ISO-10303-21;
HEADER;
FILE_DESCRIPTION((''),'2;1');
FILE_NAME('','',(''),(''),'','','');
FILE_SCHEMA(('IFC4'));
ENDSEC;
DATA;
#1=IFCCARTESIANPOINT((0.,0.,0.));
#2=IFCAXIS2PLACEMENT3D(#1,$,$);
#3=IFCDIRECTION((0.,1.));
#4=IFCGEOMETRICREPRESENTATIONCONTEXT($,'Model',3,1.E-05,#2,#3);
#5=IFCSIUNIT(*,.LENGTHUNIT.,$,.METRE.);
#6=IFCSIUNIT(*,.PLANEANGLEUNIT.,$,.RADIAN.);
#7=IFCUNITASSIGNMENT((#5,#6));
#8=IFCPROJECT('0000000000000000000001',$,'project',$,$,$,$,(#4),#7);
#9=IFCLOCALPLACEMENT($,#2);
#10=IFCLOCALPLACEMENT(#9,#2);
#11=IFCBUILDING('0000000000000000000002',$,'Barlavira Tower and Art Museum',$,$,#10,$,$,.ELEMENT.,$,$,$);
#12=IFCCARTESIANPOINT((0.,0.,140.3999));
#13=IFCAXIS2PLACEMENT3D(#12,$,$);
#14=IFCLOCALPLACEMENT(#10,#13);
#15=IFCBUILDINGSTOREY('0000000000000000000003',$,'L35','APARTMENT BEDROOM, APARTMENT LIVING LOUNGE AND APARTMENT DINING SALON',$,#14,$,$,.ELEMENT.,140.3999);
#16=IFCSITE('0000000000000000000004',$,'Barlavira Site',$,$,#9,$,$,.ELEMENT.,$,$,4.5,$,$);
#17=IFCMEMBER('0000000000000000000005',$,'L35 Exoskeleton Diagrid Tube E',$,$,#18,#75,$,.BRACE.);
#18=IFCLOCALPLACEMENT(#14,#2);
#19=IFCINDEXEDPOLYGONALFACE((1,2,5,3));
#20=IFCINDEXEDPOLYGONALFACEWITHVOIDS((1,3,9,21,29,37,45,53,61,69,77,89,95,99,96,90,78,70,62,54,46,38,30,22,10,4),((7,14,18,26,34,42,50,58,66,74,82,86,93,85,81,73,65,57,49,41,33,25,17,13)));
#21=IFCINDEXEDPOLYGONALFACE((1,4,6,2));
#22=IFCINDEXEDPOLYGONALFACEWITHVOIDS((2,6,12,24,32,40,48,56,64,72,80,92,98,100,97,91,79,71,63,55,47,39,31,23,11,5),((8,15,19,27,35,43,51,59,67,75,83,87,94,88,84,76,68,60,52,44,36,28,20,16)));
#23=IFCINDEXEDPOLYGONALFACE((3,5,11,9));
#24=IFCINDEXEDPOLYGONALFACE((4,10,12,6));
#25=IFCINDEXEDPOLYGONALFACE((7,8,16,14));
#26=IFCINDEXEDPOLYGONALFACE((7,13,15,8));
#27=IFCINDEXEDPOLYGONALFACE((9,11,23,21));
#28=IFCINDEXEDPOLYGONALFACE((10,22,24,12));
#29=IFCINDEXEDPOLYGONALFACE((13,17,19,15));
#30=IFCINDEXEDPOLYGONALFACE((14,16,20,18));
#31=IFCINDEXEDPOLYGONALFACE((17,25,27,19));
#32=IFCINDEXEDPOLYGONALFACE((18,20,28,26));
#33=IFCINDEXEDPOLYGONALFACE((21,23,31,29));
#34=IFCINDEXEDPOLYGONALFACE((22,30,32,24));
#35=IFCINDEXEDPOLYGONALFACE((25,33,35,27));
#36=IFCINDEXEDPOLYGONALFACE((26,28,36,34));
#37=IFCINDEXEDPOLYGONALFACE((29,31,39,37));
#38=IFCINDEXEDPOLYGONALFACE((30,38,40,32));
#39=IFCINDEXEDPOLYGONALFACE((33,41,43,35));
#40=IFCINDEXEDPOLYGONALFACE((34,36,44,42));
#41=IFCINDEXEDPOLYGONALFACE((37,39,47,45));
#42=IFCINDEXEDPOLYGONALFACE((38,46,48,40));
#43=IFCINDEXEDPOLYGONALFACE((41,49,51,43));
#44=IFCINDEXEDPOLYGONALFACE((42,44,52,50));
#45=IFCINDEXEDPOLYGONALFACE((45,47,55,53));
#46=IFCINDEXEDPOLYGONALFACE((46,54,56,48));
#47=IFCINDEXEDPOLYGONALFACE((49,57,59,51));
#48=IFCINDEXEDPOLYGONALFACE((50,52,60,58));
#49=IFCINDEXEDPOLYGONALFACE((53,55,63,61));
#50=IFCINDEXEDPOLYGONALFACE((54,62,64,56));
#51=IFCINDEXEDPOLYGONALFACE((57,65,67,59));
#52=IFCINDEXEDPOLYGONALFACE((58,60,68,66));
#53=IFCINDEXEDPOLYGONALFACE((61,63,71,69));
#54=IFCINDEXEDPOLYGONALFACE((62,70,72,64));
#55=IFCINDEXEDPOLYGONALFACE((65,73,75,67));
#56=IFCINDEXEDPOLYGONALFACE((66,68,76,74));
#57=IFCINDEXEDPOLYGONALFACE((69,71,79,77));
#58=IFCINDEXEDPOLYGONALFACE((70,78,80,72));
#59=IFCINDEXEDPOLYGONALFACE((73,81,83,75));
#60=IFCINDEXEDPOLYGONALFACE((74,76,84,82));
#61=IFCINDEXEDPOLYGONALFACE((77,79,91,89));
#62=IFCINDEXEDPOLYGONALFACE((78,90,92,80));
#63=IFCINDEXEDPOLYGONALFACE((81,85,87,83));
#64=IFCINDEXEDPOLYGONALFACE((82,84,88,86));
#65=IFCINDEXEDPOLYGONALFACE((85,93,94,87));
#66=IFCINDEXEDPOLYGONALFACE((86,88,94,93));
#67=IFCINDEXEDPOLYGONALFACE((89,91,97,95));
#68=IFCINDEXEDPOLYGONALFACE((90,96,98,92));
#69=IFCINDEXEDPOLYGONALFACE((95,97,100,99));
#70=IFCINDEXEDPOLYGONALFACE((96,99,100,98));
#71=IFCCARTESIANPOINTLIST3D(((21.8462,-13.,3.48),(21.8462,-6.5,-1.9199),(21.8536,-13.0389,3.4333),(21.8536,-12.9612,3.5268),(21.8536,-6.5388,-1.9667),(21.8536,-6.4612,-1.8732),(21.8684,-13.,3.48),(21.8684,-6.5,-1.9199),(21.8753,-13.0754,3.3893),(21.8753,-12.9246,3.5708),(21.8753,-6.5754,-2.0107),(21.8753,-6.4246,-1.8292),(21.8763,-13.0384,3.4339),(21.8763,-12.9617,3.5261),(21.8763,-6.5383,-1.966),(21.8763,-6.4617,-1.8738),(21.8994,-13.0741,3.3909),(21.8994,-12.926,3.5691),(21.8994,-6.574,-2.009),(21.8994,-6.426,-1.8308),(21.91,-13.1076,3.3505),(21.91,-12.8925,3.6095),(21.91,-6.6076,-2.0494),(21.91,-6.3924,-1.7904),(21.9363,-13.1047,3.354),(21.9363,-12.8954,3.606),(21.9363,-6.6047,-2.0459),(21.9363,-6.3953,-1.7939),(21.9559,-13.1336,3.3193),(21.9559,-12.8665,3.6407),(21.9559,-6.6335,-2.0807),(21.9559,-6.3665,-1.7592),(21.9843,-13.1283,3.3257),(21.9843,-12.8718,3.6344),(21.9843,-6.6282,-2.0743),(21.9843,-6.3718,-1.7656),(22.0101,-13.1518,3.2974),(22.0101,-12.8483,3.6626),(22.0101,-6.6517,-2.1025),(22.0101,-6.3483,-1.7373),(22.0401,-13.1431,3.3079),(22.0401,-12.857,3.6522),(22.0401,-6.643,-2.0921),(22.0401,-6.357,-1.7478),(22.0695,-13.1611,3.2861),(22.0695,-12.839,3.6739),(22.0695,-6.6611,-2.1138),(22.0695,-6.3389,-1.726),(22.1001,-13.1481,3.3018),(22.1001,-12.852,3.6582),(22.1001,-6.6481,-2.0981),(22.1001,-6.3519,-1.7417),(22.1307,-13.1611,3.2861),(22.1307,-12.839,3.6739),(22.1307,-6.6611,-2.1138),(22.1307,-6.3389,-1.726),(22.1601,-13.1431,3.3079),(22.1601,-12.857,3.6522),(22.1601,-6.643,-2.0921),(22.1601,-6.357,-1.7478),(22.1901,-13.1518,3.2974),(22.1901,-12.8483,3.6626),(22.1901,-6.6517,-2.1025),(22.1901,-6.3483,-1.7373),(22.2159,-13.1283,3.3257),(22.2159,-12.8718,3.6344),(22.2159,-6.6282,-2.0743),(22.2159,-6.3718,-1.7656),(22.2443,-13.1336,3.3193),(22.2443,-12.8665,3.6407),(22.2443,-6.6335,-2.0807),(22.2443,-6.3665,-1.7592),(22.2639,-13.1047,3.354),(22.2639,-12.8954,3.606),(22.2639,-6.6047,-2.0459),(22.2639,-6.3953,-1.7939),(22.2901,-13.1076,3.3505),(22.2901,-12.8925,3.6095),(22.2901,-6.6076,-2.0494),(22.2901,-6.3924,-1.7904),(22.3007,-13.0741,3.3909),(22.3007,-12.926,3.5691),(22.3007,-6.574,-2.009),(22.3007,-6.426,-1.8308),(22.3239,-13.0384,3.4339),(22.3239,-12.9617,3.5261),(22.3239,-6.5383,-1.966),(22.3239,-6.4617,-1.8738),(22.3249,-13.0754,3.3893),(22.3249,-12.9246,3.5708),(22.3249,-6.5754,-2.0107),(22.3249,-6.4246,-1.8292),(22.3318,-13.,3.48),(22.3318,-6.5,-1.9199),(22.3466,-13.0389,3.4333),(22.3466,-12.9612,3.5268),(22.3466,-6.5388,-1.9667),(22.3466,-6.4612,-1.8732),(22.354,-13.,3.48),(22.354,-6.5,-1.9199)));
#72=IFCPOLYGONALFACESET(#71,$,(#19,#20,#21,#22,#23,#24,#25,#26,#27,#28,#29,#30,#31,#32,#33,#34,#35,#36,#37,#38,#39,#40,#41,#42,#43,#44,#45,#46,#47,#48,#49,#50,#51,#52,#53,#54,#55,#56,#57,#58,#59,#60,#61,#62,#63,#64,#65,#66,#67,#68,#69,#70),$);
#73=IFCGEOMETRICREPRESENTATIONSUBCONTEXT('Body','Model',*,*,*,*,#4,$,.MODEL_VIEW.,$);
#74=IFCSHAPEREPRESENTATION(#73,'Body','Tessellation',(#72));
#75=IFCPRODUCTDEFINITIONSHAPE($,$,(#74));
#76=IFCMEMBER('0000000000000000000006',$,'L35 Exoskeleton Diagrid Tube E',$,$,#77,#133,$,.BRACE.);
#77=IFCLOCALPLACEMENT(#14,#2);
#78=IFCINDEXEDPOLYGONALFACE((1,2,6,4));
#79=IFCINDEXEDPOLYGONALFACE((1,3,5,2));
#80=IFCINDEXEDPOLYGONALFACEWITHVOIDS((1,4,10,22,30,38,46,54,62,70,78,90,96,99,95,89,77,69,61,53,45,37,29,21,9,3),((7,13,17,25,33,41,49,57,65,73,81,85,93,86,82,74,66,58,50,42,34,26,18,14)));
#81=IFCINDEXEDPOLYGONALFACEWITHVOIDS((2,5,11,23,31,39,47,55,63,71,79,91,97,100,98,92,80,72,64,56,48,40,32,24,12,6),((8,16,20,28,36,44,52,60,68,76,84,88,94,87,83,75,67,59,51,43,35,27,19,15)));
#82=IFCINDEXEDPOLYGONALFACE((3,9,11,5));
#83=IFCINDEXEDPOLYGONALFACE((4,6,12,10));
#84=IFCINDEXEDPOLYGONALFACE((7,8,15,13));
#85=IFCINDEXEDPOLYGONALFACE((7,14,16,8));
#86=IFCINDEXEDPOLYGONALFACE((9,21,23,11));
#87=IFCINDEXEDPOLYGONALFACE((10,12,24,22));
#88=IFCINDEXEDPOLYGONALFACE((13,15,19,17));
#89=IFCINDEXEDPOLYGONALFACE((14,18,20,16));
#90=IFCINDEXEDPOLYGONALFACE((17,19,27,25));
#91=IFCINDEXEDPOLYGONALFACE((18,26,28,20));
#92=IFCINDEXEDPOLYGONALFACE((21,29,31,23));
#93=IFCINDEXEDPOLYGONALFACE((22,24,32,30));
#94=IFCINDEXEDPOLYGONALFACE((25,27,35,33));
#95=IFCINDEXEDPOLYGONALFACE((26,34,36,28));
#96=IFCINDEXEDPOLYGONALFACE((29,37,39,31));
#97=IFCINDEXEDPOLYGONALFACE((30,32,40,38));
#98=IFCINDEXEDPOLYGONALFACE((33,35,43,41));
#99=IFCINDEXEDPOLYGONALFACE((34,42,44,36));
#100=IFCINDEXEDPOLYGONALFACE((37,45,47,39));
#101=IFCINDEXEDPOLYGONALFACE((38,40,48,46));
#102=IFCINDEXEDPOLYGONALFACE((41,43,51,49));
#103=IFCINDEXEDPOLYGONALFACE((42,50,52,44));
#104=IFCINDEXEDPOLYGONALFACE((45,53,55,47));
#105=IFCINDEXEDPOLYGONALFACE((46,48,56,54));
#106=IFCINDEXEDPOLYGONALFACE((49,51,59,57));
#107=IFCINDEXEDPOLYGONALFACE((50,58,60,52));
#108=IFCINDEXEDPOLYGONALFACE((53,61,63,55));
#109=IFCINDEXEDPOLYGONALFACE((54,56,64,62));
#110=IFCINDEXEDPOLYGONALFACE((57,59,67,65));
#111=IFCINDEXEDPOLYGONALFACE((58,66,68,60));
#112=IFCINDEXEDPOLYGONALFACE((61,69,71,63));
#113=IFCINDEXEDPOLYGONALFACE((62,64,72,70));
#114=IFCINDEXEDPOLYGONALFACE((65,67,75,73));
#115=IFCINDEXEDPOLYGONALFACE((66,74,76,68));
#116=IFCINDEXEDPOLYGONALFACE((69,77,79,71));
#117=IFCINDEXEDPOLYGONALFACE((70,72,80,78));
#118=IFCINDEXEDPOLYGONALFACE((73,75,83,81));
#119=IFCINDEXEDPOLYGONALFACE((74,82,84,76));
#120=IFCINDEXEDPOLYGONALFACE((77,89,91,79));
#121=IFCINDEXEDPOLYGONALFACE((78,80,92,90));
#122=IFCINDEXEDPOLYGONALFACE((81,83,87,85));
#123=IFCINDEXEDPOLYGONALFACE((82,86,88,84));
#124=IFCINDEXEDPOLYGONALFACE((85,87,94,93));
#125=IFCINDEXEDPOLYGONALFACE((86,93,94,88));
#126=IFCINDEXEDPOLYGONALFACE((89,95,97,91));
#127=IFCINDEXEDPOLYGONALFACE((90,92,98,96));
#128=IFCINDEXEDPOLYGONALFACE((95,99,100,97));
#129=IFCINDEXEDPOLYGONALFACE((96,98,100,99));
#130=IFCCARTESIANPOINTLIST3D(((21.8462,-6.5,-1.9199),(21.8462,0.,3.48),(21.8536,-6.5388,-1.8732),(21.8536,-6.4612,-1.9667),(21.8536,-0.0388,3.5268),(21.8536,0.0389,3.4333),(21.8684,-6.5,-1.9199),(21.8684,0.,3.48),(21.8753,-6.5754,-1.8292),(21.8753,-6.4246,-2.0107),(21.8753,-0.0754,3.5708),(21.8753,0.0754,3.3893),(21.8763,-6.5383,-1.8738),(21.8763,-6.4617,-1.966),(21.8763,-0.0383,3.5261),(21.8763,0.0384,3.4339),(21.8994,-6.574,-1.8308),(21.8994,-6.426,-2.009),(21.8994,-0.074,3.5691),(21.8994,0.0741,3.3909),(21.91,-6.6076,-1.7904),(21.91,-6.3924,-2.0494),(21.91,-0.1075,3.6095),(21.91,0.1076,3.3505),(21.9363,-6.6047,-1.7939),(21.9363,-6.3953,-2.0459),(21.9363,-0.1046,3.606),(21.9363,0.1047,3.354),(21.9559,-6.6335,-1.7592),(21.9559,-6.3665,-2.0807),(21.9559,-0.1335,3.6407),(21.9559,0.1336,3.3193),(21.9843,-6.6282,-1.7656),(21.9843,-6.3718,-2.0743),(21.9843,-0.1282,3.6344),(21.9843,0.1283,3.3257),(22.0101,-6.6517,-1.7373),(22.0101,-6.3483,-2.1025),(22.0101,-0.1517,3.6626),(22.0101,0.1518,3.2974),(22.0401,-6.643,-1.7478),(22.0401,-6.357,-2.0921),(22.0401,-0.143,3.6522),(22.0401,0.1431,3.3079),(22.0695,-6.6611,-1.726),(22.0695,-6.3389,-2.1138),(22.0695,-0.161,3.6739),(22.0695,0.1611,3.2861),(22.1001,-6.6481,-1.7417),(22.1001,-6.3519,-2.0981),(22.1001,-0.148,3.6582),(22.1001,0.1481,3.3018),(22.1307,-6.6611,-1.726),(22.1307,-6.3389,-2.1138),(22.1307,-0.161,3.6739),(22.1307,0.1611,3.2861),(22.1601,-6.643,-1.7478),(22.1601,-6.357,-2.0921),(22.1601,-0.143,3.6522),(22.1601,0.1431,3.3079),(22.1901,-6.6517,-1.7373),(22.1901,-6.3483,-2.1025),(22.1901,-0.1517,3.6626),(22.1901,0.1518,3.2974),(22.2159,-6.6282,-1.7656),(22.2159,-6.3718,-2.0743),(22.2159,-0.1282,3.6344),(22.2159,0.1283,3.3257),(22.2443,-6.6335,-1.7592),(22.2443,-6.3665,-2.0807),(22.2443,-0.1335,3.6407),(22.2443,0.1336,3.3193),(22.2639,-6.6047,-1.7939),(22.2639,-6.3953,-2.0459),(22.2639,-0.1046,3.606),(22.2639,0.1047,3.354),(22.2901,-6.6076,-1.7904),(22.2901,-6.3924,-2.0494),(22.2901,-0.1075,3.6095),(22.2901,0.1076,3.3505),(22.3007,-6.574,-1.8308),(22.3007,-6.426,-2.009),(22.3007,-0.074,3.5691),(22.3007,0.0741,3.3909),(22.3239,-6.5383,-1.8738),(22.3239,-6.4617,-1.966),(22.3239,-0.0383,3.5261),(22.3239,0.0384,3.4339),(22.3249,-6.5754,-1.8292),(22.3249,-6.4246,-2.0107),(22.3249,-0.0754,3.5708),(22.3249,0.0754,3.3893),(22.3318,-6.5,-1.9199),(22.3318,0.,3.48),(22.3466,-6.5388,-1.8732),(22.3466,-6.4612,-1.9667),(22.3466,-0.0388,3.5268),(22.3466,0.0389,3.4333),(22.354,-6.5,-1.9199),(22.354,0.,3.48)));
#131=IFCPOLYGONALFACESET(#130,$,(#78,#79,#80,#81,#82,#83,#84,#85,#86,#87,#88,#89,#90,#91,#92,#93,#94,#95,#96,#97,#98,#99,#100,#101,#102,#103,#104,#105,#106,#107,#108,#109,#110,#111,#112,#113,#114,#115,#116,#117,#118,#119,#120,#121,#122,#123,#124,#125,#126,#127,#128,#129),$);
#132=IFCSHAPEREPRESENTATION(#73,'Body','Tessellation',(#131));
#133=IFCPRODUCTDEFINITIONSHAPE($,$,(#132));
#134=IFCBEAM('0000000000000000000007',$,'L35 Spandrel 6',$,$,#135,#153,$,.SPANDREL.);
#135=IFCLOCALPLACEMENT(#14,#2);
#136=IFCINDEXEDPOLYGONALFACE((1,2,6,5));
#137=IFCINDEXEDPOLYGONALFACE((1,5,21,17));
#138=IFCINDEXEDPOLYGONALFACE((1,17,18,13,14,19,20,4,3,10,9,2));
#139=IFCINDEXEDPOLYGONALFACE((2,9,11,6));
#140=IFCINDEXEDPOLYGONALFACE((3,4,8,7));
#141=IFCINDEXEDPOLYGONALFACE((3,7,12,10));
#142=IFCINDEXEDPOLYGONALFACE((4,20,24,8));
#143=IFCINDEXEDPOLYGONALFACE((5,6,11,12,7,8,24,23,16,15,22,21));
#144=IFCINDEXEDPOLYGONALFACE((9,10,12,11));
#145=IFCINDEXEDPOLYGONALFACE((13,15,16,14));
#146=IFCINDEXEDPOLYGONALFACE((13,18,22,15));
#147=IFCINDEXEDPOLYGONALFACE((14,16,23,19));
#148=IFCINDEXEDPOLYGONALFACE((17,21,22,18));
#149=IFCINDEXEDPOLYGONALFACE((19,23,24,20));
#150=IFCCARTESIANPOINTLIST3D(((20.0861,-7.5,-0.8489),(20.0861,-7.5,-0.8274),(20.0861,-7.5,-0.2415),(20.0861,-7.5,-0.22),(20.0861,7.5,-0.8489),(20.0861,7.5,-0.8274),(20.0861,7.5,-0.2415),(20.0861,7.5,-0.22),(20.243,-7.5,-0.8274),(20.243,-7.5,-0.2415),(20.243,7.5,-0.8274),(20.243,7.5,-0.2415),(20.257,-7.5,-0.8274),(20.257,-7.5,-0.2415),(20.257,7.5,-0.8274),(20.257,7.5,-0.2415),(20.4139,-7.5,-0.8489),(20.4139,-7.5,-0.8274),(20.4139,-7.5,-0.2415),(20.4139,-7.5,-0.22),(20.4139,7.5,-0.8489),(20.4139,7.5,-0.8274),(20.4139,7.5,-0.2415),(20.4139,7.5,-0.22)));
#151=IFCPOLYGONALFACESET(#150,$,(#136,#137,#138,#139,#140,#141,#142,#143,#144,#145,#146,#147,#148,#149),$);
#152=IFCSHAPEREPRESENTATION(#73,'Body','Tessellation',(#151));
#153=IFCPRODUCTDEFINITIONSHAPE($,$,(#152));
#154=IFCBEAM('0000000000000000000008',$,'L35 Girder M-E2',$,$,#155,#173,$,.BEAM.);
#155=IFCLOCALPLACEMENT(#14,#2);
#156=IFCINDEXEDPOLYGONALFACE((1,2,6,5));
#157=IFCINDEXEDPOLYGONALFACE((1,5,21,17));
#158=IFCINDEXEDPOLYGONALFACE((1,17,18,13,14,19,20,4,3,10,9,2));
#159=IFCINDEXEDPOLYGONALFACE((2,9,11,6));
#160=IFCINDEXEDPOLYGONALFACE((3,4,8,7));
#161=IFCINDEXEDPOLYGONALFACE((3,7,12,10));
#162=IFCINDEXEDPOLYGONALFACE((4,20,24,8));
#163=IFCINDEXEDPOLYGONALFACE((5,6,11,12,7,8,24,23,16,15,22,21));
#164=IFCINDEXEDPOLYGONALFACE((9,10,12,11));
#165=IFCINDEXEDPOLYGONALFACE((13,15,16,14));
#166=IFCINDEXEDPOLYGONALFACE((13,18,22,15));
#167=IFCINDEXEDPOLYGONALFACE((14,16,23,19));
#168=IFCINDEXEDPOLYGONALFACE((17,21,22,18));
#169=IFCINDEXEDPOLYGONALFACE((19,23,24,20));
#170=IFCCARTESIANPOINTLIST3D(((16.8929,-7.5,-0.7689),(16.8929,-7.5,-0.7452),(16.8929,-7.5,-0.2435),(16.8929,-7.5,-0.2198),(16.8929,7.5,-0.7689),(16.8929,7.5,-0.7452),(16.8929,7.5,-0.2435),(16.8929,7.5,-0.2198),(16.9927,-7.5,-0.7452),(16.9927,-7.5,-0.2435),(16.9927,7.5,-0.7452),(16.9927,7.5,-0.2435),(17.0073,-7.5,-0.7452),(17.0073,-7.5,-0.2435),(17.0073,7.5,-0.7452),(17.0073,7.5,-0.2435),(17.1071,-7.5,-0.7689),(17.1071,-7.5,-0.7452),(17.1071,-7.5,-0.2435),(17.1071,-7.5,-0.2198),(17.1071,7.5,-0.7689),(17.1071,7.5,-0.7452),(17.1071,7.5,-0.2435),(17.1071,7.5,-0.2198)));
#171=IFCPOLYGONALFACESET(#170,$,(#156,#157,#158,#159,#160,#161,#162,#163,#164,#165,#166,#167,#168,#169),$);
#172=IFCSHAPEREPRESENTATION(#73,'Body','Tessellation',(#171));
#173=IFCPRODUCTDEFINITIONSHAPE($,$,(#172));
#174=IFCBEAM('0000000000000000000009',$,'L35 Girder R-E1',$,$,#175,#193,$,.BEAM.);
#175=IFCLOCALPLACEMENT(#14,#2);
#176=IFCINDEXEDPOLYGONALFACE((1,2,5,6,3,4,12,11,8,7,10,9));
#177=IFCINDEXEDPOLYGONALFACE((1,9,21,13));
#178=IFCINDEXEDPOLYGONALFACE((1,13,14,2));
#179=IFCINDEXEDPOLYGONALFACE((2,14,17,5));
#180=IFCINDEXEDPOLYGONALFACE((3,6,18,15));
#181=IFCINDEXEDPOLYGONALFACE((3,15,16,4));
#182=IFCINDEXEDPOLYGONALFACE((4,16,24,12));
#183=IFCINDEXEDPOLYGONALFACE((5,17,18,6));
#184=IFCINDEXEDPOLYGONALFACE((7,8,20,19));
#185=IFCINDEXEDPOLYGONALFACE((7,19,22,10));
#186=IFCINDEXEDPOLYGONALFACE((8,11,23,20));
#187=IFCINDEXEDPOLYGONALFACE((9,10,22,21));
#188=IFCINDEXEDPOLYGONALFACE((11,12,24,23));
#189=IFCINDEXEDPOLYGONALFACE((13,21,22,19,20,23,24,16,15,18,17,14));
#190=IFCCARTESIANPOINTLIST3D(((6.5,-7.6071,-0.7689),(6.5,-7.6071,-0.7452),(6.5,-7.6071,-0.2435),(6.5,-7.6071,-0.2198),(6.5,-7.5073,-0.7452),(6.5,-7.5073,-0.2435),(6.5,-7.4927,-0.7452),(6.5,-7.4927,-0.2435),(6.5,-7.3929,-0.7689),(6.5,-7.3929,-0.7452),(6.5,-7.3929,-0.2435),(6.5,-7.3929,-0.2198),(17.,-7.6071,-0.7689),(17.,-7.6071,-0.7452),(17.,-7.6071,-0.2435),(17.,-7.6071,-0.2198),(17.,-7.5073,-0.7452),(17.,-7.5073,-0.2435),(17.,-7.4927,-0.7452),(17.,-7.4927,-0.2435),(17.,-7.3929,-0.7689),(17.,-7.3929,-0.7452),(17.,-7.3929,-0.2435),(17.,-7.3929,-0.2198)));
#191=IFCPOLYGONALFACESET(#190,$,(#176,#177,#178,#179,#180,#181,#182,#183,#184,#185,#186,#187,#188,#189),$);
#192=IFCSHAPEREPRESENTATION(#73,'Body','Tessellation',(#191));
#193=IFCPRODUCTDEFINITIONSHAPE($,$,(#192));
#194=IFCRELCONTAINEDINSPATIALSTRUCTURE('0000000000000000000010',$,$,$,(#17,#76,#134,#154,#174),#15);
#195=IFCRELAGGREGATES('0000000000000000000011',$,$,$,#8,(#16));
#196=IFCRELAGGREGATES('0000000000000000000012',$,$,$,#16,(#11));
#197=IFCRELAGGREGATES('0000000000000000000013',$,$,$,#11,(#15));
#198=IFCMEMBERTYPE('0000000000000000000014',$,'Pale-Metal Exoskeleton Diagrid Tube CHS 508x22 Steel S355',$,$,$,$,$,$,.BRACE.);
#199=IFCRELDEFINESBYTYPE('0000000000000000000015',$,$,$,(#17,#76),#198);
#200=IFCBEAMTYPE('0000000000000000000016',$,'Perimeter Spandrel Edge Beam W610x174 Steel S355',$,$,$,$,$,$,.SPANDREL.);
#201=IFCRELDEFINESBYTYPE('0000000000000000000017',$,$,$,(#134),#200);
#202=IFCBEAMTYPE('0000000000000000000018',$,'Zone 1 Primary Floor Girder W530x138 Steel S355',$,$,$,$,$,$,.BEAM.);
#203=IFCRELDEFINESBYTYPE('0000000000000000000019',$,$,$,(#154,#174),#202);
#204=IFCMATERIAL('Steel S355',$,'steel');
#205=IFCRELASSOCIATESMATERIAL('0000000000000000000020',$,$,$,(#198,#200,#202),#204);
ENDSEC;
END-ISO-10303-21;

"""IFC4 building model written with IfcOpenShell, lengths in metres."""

from ifc_helpers import new_model, si_unit, direction, frame, origin, origin_2d, place, context, subcontext, project, spatial, hollow_circle, i_section, extrude, material, material_profile, profile_set, type_object, element, save


model = new_model("IFC4")

# Units and contexts
model_context = context("Model", 3, precision=1e-05, world=origin(), true_north=direction((0.0, 1.0)))
body_context = subcontext(model_context, "Body", "Model", "MODEL_VIEW")
ifc_project = project(units=[si_unit("LENGTHUNIT", "METRE"), si_unit("PLANEANGLEUNIT", "RADIAN")], contexts=[model_context])

# Site, building, storey
site_placement = place(None, origin())
site = spatial("IfcSite", under=ifc_project, at=site_placement, Name="Barlavira Site", CompositionType="ELEMENT", RefElevation=4.5)
building_placement = place(site_placement, origin())
building = spatial("IfcBuilding", under=site, at=building_placement, Name="Barlavira Tower and Art Museum", CompositionType="ELEMENT")
storey_placement = place(building_placement, frame((0.0, 0.0, 140.3999)))
storey = spatial("IfcBuildingStorey", under=building, at=storey_placement, Name="L35", Description="APARTMENT BEDROOM, APARTMENT LIVING LOUNGE AND APARTMENT DINING SALON", CompositionType="ELEMENT", Elevation=140.3999)

# Members
ifc_material_1 = material(Name="Steel S355", Category="steel")
ifc_material_profile_1 = material_profile(ifc_material_1, hollow_circle(Radius=0.2539, WallThickness=0.0222, at=origin_2d()), Name="CHS 508.0x22.2")
ifc_profile_set_1 = profile_set([ifc_material_profile_1], Name="Steel S355")
member_type_1 = type_object("IfcMemberType", Name="Pale-Metal Exoskeleton Diagrid Tube CHS 508x22 Steel S355", PredefinedType="BRACE", material=ifc_profile_set_1)
for number, where, z_axis, x_axis, name in (
    (1, (22.1001, -6.5, -1.9199), (0.0, -0.769196, 0.639013), (1.0, 0.0, 0.0), "L35 Exoskeleton Diagrid Tube E"),
    (2, (22.1001, -6.5, -1.9199), (0.0, 0.769196, 0.639013), (-1.0, 0.0, 0.0), "L35 Exoskeleton Diagrid Tube E"),
):
    element("IfcMember", number, at=place(storey_placement, frame(where, z_axis=z_axis, x_axis=x_axis)), inside=storey, type_object=member_type_1, Name=name, PredefinedType="BRACE", context=body_context, shape_type="SweptSolid", body=[
        extrude(hollow_circle(Radius=0.2539, WallThickness=0.0222, at=origin_2d()), origin(), (0.0, 0.0, 1.0), 8.4504),
    ])

# Beams
ifc_material_profile_2 = material_profile(ifc_material_1, i_section(OverallWidth=0.3279, OverallDepth=0.6289, WebThickness=0.0139, FlangeThickness=0.0215, at=origin_2d()), Name="W610x174.0")
ifc_profile_set_2 = profile_set([ifc_material_profile_2], Name="Steel S355")
beam_type_1 = type_object("IfcBeamType", Name="Perimeter Spandrel Edge Beam W610x174 Steel S355", PredefinedType="SPANDREL", material=ifc_profile_set_2)
beam_1_placement = place(storey_placement, frame((20.25, -7.5, -0.5344), z_axis=(0.0, 1.0, 0.0), x_axis=(-1.0, 0.0, 0.0)))
element("IfcBeam", 3, at=beam_1_placement, inside=storey, type_object=beam_type_1, Name="L35 Spandrel 6", PredefinedType="SPANDREL", context=body_context, shape_type="SweptSolid", body=[
    extrude(i_section(OverallWidth=0.3279, OverallDepth=0.6289, WebThickness=0.0139, FlangeThickness=0.0215, at=origin_2d()), origin(), (0.0, 0.0, 1.0), 15.0),
])
ifc_material_profile_3 = material_profile(ifc_material_1, i_section(OverallWidth=0.2141, OverallDepth=0.5491, WebThickness=0.0146, FlangeThickness=0.0237, at=origin_2d()), Name="W530x138.0")
ifc_profile_set_3 = profile_set([ifc_material_profile_3], Name="Steel S355")
beam_type_2 = type_object("IfcBeamType", Name="Zone 1 Primary Floor Girder W530x138 Steel S355", PredefinedType="BEAM", material=ifc_profile_set_3)
beam_2_placement = place(storey_placement, frame((17.0, -7.5, -0.4944), z_axis=(0.0, 1.0, 0.0), x_axis=(-1.0, 0.0, 0.0)))
element("IfcBeam", 4, at=beam_2_placement, inside=storey, type_object=beam_type_2, Name="L35 Girder M-E2", PredefinedType="BEAM", context=body_context, shape_type="SweptSolid", body=[
    extrude(i_section(OverallWidth=0.2141, OverallDepth=0.5491, WebThickness=0.0146, FlangeThickness=0.0237, at=origin_2d()), origin(), (0.0, 0.0, 1.0), 15.0),
])
beam_3_placement = place(storey_placement, frame((6.5, -7.5, -0.4944), z_axis=(1.0, 0.0, 0.0), x_axis=(0.0, 1.0, 0.0)))
element("IfcBeam", 5, at=beam_3_placement, inside=storey, type_object=beam_type_2, Name="L35 Girder R-E1", PredefinedType="BEAM", context=body_context, shape_type="SweptSolid", body=[
    extrude(i_section(OverallWidth=0.2141, OverallDepth=0.5491, WebThickness=0.0146, FlangeThickness=0.0237, at=origin_2d()), origin(), (0.0, 0.0, 1.0), 10.5),
])

save(model, "model.ifc")
